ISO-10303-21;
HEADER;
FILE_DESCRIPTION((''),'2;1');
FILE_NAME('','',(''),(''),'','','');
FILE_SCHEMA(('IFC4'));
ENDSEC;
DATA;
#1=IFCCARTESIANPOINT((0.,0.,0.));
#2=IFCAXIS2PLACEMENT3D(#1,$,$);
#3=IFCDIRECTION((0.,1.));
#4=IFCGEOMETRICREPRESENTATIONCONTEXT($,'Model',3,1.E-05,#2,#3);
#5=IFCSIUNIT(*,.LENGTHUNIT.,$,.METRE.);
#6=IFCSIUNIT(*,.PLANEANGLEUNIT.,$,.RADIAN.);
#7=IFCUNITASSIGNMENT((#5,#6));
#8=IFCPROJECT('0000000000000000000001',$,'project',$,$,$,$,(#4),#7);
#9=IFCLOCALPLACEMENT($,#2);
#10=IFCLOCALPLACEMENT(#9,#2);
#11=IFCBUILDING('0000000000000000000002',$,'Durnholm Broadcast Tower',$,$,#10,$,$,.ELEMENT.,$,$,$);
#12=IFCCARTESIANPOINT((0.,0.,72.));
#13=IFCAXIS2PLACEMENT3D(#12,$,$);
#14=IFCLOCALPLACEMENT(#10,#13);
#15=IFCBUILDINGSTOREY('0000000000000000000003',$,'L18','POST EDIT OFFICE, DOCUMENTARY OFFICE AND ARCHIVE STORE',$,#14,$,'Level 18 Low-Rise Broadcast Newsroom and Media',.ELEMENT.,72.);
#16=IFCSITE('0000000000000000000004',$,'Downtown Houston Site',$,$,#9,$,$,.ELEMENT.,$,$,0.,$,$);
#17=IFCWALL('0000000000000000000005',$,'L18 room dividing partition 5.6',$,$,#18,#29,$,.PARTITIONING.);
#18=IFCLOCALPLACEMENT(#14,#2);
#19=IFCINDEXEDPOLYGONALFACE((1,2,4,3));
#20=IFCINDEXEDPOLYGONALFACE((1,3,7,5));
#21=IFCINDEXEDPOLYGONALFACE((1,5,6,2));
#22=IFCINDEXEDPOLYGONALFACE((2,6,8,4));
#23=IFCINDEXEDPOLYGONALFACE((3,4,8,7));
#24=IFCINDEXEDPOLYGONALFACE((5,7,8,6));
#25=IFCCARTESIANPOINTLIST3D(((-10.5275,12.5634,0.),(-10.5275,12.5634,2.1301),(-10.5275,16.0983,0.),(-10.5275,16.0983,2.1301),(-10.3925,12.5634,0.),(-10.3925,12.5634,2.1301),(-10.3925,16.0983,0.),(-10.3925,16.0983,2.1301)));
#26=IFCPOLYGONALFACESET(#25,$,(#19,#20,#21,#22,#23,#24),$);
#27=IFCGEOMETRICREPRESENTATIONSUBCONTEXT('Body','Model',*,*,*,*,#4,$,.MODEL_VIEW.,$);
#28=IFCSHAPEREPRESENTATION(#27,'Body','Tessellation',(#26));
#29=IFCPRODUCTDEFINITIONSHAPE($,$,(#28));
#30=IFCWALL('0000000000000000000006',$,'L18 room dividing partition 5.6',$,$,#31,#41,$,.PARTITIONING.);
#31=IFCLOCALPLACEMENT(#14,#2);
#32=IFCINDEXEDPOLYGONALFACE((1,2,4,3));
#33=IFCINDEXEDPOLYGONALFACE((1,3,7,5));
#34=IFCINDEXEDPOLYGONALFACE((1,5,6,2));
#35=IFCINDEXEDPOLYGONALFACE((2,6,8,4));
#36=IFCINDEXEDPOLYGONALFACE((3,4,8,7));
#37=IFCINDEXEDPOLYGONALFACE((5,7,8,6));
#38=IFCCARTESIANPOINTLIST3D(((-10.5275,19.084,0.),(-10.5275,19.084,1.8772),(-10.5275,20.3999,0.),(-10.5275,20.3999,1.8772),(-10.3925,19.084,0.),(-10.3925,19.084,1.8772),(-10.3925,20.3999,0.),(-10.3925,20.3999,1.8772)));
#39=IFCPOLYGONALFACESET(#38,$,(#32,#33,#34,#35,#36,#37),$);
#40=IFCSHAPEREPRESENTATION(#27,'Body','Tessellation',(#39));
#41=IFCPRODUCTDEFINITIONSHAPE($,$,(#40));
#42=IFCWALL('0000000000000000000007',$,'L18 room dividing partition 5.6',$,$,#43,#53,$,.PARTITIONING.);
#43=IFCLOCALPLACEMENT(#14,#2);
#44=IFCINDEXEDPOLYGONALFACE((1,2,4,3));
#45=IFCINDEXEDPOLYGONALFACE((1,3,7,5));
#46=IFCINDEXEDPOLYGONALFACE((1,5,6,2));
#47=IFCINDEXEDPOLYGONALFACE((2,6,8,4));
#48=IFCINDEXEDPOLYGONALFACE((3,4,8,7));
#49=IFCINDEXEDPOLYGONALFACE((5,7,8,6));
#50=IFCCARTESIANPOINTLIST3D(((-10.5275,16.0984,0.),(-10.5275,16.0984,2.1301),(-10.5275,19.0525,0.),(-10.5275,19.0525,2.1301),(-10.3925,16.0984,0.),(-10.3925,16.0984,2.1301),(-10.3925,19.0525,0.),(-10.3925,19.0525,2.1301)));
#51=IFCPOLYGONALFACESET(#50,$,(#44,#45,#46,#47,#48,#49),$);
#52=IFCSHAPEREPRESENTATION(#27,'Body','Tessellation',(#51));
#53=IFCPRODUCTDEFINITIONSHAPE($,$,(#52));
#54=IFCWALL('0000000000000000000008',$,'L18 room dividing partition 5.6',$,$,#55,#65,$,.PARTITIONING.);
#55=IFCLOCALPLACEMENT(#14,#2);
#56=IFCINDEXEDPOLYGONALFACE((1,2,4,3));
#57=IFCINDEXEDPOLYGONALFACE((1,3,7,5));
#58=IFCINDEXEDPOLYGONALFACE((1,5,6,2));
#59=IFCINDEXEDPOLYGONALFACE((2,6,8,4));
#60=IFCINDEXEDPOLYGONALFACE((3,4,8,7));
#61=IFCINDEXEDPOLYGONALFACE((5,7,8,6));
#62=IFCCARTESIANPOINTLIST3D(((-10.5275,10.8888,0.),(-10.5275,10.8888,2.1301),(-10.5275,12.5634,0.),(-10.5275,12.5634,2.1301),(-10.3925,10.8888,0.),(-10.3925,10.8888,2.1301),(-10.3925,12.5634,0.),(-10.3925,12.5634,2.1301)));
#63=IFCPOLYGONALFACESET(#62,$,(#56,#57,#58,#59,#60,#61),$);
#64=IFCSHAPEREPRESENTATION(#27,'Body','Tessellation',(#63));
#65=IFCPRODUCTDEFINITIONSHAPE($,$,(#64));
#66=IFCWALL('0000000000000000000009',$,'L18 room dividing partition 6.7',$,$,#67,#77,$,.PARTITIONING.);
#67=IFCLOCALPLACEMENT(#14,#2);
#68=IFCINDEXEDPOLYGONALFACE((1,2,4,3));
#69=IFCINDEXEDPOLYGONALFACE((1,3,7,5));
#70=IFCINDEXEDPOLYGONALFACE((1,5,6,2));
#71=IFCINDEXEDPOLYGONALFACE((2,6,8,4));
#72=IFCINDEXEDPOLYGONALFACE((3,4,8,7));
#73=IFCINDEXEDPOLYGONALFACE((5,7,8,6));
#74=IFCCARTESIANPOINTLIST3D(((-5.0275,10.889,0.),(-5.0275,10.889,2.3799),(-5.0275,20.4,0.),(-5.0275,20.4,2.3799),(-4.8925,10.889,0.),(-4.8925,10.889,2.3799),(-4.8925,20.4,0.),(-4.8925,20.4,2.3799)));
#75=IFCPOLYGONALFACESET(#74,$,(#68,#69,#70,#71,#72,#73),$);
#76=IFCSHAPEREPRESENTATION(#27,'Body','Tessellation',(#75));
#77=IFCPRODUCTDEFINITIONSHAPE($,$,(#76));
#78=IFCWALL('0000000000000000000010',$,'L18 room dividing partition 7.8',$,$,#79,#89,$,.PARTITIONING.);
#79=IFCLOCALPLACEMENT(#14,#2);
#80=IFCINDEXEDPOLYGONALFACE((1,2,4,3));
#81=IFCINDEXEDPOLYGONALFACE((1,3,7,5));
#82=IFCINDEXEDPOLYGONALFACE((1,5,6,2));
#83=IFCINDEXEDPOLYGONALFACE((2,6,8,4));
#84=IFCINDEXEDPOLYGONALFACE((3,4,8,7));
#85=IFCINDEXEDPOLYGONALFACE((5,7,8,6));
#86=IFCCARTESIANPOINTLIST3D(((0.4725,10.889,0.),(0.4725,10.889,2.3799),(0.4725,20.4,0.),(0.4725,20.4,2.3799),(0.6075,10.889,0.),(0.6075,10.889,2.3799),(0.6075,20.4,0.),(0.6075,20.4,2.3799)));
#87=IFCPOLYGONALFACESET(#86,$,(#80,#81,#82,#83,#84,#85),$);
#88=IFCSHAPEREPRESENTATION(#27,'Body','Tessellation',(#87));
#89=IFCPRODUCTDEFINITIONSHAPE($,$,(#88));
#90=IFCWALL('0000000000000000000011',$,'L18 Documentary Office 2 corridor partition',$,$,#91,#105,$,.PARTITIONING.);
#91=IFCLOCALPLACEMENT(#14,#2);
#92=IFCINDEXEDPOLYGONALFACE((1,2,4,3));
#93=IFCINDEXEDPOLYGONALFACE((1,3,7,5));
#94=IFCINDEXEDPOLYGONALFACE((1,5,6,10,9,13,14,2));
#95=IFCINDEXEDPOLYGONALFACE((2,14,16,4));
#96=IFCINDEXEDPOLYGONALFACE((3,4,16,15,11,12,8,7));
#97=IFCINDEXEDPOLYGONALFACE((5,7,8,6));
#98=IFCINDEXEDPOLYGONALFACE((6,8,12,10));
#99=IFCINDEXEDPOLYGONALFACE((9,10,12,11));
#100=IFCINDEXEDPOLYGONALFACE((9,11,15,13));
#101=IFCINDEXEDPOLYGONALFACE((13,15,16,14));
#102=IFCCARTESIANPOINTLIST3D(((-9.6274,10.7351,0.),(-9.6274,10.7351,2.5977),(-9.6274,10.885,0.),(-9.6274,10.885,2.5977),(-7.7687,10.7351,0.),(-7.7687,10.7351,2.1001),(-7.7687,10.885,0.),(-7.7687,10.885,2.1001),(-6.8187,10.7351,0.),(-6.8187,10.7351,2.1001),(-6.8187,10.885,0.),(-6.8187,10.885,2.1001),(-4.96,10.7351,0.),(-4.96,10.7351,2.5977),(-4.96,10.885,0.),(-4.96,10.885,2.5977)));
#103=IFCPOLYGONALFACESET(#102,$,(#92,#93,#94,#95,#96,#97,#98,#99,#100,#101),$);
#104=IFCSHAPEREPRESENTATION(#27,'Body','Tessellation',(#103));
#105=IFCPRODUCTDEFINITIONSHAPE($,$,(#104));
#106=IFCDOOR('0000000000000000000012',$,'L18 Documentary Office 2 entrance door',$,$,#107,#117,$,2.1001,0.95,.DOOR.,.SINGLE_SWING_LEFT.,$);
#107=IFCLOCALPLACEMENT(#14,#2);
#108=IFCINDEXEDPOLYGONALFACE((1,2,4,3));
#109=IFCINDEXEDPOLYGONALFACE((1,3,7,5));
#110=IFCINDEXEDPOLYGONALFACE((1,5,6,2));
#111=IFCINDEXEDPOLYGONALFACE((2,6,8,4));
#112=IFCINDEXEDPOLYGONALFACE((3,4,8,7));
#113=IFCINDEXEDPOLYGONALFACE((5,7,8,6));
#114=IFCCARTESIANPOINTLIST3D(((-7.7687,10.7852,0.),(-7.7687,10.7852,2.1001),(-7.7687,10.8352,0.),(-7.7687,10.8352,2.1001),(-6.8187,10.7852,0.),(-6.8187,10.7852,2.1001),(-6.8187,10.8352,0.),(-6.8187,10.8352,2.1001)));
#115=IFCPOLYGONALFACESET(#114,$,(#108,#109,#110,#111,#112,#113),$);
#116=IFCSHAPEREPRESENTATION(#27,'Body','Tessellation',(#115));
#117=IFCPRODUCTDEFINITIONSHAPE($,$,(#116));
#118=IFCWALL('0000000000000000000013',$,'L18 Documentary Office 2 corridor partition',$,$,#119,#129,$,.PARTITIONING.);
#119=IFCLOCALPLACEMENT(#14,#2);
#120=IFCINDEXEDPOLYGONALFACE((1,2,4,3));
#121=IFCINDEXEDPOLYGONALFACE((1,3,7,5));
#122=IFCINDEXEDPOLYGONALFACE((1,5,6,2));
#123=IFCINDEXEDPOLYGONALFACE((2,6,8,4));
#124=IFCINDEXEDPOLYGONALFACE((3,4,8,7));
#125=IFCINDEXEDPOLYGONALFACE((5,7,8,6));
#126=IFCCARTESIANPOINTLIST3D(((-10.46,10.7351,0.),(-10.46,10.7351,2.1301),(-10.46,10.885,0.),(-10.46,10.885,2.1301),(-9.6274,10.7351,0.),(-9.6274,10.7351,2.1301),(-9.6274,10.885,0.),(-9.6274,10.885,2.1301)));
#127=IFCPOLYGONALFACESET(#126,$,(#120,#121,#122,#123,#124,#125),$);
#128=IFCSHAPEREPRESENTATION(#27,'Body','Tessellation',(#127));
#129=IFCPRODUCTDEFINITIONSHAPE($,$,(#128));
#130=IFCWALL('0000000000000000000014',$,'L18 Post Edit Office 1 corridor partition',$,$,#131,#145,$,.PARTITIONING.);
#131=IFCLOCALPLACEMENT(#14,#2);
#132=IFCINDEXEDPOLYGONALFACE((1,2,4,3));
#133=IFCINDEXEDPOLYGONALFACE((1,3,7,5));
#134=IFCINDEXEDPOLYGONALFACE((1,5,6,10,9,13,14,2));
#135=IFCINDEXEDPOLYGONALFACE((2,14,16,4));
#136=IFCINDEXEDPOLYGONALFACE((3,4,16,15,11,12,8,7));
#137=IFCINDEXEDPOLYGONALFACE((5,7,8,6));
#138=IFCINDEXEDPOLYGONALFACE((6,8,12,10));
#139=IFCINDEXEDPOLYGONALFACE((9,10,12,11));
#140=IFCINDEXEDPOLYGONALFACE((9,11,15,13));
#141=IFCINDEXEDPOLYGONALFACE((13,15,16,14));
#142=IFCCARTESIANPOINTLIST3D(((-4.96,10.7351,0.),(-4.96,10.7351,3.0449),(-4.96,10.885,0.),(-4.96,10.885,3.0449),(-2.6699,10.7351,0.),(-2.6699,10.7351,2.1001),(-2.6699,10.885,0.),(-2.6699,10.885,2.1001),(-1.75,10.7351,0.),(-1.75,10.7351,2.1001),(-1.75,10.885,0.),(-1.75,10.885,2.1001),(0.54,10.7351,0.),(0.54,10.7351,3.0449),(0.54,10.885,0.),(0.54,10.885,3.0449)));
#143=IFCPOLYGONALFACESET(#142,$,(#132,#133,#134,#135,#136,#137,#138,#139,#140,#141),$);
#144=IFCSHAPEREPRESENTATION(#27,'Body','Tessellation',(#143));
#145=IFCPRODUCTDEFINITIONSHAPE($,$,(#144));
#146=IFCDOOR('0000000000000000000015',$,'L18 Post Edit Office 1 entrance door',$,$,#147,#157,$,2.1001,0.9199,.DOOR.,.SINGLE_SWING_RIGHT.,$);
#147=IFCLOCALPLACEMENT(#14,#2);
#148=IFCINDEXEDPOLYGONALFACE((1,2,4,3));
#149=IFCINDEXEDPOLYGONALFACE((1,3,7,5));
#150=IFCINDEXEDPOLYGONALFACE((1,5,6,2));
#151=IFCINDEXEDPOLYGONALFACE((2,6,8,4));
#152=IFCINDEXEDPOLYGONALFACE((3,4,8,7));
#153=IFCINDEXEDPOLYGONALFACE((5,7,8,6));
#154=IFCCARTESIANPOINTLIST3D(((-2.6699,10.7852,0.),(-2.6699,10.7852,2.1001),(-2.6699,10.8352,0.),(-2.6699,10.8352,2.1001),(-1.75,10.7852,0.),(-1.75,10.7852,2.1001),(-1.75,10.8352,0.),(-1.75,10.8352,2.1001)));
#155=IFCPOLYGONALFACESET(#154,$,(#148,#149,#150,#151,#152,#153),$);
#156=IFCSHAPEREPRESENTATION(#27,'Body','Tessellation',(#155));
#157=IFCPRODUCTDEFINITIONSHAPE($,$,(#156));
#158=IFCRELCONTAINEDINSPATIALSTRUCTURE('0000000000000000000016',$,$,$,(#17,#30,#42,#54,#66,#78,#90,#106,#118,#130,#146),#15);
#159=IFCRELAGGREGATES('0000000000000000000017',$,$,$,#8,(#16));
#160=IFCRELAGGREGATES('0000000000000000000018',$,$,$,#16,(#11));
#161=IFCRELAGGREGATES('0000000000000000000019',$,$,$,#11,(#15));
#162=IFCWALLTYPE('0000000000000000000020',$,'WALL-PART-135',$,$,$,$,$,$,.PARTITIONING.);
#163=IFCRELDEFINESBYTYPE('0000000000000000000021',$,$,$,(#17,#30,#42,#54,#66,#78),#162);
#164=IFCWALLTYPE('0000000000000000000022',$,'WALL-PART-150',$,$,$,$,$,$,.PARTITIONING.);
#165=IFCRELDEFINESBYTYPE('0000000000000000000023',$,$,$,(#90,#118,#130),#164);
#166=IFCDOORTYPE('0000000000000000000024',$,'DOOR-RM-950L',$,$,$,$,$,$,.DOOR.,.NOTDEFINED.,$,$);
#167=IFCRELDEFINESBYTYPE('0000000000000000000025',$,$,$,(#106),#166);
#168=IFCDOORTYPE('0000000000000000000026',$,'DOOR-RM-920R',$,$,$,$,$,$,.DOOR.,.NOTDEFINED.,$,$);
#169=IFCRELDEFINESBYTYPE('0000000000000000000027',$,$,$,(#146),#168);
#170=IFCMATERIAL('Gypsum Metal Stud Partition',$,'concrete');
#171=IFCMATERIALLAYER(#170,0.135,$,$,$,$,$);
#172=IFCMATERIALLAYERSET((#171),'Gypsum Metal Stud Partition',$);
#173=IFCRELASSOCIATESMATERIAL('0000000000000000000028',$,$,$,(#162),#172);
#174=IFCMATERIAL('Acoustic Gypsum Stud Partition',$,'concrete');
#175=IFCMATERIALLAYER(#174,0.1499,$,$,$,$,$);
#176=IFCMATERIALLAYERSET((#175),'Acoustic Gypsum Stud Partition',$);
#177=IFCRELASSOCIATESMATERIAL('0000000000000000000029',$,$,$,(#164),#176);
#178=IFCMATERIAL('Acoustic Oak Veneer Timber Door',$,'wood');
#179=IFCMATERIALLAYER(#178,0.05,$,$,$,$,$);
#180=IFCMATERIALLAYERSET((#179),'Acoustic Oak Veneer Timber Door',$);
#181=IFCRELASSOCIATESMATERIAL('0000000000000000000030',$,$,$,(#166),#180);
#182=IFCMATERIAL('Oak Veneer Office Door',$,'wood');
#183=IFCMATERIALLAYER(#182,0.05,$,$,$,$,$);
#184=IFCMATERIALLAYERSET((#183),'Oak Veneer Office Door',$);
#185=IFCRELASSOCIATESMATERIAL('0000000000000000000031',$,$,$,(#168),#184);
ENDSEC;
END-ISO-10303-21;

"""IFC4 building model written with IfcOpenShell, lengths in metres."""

from ifc_helpers import new_model, si_unit, direction, frame, frame_2d, origin, place, context, subcontext, project, spatial, rectangle, extrude, source, transform, mapped, material, layer, layer_set, type_object, type_shapes, element, fill, save


model = new_model("IFC4")

# Units and contexts
model_context = context("Model", 3, precision=1e-05, world=origin(), true_north=direction((0.0, 1.0)))
body_context = subcontext(model_context, "Body", "Model", "MODEL_VIEW")
ifc_project = project(units=[si_unit("LENGTHUNIT", "METRE"), si_unit("PLANEANGLEUNIT", "RADIAN")], contexts=[model_context])

# Site, building, storey
site_placement = place(None, origin())
site = spatial("IfcSite", under=ifc_project, at=site_placement, Name="Downtown Houston Site", CompositionType="ELEMENT", RefElevation=0.0)
building_placement = place(site_placement, origin())
building = spatial("IfcBuilding", under=site, at=building_placement, Name="Durnholm Broadcast Tower", CompositionType="ELEMENT")
storey_placement = place(building_placement, frame((0.0, 0.0, 72.0)))
storey = spatial("IfcBuildingStorey", under=building, at=storey_placement, Name="L18", Description="POST EDIT OFFICE, DOCUMENTARY OFFICE AND ARCHIVE STORE", LongName="Level 18 Low-Rise Broadcast Newsroom and Media", CompositionType="ELEMENT", Elevation=72.0)

# Walls
ifc_material_1 = material(Name="Gypsum Metal Stud Partition", Category="concrete")
ifc_layer_1 = layer(ifc_material_1, 0.135)
ifc_layer_set_1 = layer_set([ifc_layer_1], Name="Gypsum Metal Stud Partition")
wall_type_1 = type_object("IfcWallType", Name="WALL-PART-135", PredefinedType="PARTITIONING", material=ifc_layer_set_1)
wall_1_placement = place(storey_placement, frame((-10.46, 16.0984, 0.0), z_axis=(0.0, 0.0, 1.0), x_axis=(0.0, -1.0, 0.0)))
element("IfcWall", 1, at=wall_1_placement, inside=storey, type_object=wall_type_1, Name="L18 room dividing partition 5.6", PredefinedType="PARTITIONING", context=body_context, shape_type="SweptSolid", body=[
    extrude(rectangle(XDim=3.5349, YDim=0.135, at=frame_2d((1.7676, 0.0))), origin(), (0.0, 0.0, 1.0), 2.1301),
])
wall_2_placement = place(storey_placement, frame((-10.46, 20.3999, 0.0), z_axis=(0.0, 0.0, 1.0), x_axis=(0.0, -1.0, 0.0)))
element("IfcWall", 2, at=wall_2_placement, inside=storey, type_object=wall_type_1, Name="L18 room dividing partition 5.6", PredefinedType="PARTITIONING", context=body_context, shape_type="SweptSolid", body=[
    extrude(rectangle(XDim=1.3159, YDim=0.135, at=frame_2d((0.658, 0.0))), origin(), (0.0, 0.0, 1.0), 1.8772),
])
wall_3_placement = place(storey_placement, frame((-10.46, 19.0525, 0.0), z_axis=(0.0, 0.0, 1.0), x_axis=(0.0, -1.0, 0.0)))
element("IfcWall", 3, at=wall_3_placement, inside=storey, type_object=wall_type_1, Name="L18 room dividing partition 5.6", PredefinedType="PARTITIONING", context=body_context, shape_type="SweptSolid", body=[
    extrude(rectangle(XDim=2.9541, YDim=0.135, at=frame_2d((1.4771, 0.0))), origin(), (0.0, 0.0, 1.0), 2.1301),
])
wall_4_placement = place(storey_placement, frame((-10.46, 12.5635, 0.0), z_axis=(0.0, 0.0, 1.0), x_axis=(0.0, -1.0, 0.0)))
element("IfcWall", 4, at=wall_4_placement, inside=storey, type_object=wall_type_1, Name="L18 room dividing partition 5.6", PredefinedType="PARTITIONING", context=body_context, shape_type="SweptSolid", body=[
    extrude(rectangle(XDim=1.6746, YDim=0.135, at=frame_2d((0.8374, 0.0))), origin(), (0.0, 0.0, 1.0), 2.1301),
])
for number, where, z_axis, x_axis, name in (
    (5, (-4.96, 20.3999, 0.0), (0.0, 0.0, 1.0), (0.0, -1.0, 0.0), "L18 room dividing partition 6.7"),
    (6, (0.54, 20.3999, 0.0), (0.0, 0.0, 1.0), (0.0, -1.0, 0.0), "L18 room dividing partition 7.8"),
):
    element("IfcWall", number, at=place(storey_placement, frame(where, z_axis=z_axis, x_axis=x_axis)), inside=storey, type_object=wall_type_1, Name=name, PredefinedType="PARTITIONING", context=body_context, shape_type="SweptSolid", body=[
        extrude(rectangle(XDim=9.511, YDim=0.135, at=frame_2d((4.7554, 0.0))), origin(), (0.0, 0.0, 1.0), 2.3799),
    ])

# Wall, opening, door
ifc_material_2 = material(Name="Acoustic Gypsum Stud Partition", Category="concrete")
ifc_layer_2 = layer(ifc_material_2, 0.1499)
ifc_layer_set_2 = layer_set([ifc_layer_2], Name="Acoustic Gypsum Stud Partition")
wall_type_2 = type_object("IfcWallType", Name="WALL-PART-150", PredefinedType="PARTITIONING", material=ifc_layer_set_2)
wall_5_placement = place(storey_placement, frame((-4.96, 10.8101, 0.0), z_axis=(0.0, 0.0, 1.0), x_axis=(-1.0, 0.0, 0.0)))
wall_5 = element("IfcWall", 7, at=wall_5_placement, inside=storey, type_object=wall_type_2, Name="L18 Documentary Office 2 corridor partition", PredefinedType="PARTITIONING", context=body_context, shape_type="SweptSolid", body=[
    extrude(rectangle(XDim=4.6675, YDim=0.1499, at=frame_2d((2.3337, 0.0))), origin(), (0.0, 0.0, 1.0), 2.5977),
])
opening_1_placement = place(wall_5_placement, frame((1.8586, 0.0, 0.0)))
opening_1 = element("IfcOpeningElement", 8, at=opening_1_placement, cuts=wall_5, PredefinedType="OPENING", context=body_context, shape_type="SweptSolid", body=[
    extrude(rectangle(XDim=0.95, YDim=2.1001, at=frame_2d((0.4751, 1.05))), frame((0.0, 0.085, 0.0), z_axis=(0.0, -1.0, 0.0), x_axis=(1.0, 0.0, 0.0)), (0.0, 0.0, 1.0), 0.1699),
])
ifc_material_3 = material(Name="Acoustic Oak Veneer Timber Door", Category="wood")
ifc_layer_3 = layer(ifc_material_3, 0.05)
ifc_layer_set_3 = layer_set([ifc_layer_3], Name="Acoustic Oak Veneer Timber Door")
door_type_1 = type_object("IfcDoorType", Name="DOOR-RM-950L", OperationType="NOTDEFINED", PredefinedType="DOOR", material=ifc_layer_set_3)
shared_shape_1 = source(origin(), body_context, "Body", "SweptSolid", [
    extrude(rectangle(XDim=0.95, YDim=2.1001, at=frame_2d((0.4751, 1.05))), frame((0.0, 0.0249, 0.0), z_axis=(0.0, -1.0, 0.0), x_axis=(1.0, 0.0, 0.0)), (0.0, 0.0, 1.0), 0.05),
])
type_shapes(door_type_1, [shared_shape_1])
door_1_placement = place(opening_1_placement, origin())
door_1 = element("IfcDoor", 9, at=door_1_placement, inside=storey, type_object=door_type_1, Name="L18 Documentary Office 2 entrance door", OperationType="SINGLE_SWING_LEFT", OverallHeight=2.1001, OverallWidth=0.95, PredefinedType="DOOR", context=body_context, shape_type="MappedRepresentation", body=[
    mapped(shared_shape_1, transform((0.0, 0.0, 0.0), x_axis=(1.0, 0.0, 0.0), y_axis=(0.0, 1.0, 0.0), z_axis=(0.0, 0.0, 1.0), scale=1.0)),
])
fill(opening_1, door_1)

# Wall
wall_6_placement = place(storey_placement, frame((-9.6274, 10.8101, 0.0), z_axis=(0.0, 0.0, 1.0), x_axis=(-1.0, 0.0, 0.0)))
element("IfcWall", 10, at=wall_6_placement, inside=storey, type_object=wall_type_2, Name="L18 Documentary Office 2 corridor partition", PredefinedType="PARTITIONING", context=body_context, shape_type="SweptSolid", body=[
    extrude(rectangle(XDim=0.8325, YDim=0.1499, at=frame_2d((0.4163, 0.0))), origin(), (0.0, 0.0, 1.0), 2.1301),
])

# Wall, opening, door
wall_7_placement = place(storey_placement, frame((0.54, 10.8101, 0.0), z_axis=(0.0, 0.0, 1.0), x_axis=(-1.0, 0.0, 0.0)))
wall_7 = element("IfcWall", 11, at=wall_7_placement, inside=storey, type_object=wall_type_2, Name="L18 Post Edit Office 1 corridor partition", PredefinedType="PARTITIONING", context=body_context, shape_type="SweptSolid", body=[
    extrude(rectangle(XDim=5.5, YDim=0.1499, at=frame_2d((2.75, 0.0))), origin(), (0.0, 0.0, 1.0), 3.0449),
])
opening_2_placement = place(wall_7_placement, frame((2.29, 0.0, 0.0)))
opening_2 = element("IfcOpeningElement", 12, at=opening_2_placement, cuts=wall_7, PredefinedType="OPENING", context=body_context, shape_type="SweptSolid", body=[
    extrude(rectangle(XDim=0.9199, YDim=2.1001, at=frame_2d((0.46, 1.05))), frame((0.0, 0.085, 0.0), z_axis=(0.0, -1.0, 0.0), x_axis=(1.0, 0.0, 0.0)), (0.0, 0.0, 1.0), 0.1699),
])
ifc_material_4 = material(Name="Oak Veneer Office Door", Category="wood")
ifc_layer_4 = layer(ifc_material_4, 0.05)
ifc_layer_set_4 = layer_set([ifc_layer_4], Name="Oak Veneer Office Door")
door_type_2 = type_object("IfcDoorType", Name="DOOR-RM-920R", OperationType="NOTDEFINED", PredefinedType="DOOR", material=ifc_layer_set_4)
shared_shape_2 = source(origin(), body_context, "Body", "SweptSolid", [
    extrude(rectangle(XDim=0.9199, YDim=2.1001, at=frame_2d((0.46, 1.05))), frame((0.0, 0.0249, 0.0), z_axis=(0.0, -1.0, 0.0), x_axis=(1.0, 0.0, 0.0)), (0.0, 0.0, 1.0), 0.05),
])
type_shapes(door_type_2, [shared_shape_2])
door_2_placement = place(opening_2_placement, origin())
door_2 = element("IfcDoor", 13, at=door_2_placement, inside=storey, type_object=door_type_2, Name="L18 Post Edit Office 1 entrance door", OperationType="SINGLE_SWING_RIGHT", OverallHeight=2.1001, OverallWidth=0.9199, PredefinedType="DOOR", context=body_context, shape_type="MappedRepresentation", body=[
    mapped(shared_shape_2, transform((0.0, 0.0, 0.0), x_axis=(1.0, 0.0, 0.0), y_axis=(0.0, 1.0, 0.0), z_axis=(0.0, 0.0, 1.0), scale=1.0)),
])
fill(opening_2, door_2)

save(model, "model.ifc")
